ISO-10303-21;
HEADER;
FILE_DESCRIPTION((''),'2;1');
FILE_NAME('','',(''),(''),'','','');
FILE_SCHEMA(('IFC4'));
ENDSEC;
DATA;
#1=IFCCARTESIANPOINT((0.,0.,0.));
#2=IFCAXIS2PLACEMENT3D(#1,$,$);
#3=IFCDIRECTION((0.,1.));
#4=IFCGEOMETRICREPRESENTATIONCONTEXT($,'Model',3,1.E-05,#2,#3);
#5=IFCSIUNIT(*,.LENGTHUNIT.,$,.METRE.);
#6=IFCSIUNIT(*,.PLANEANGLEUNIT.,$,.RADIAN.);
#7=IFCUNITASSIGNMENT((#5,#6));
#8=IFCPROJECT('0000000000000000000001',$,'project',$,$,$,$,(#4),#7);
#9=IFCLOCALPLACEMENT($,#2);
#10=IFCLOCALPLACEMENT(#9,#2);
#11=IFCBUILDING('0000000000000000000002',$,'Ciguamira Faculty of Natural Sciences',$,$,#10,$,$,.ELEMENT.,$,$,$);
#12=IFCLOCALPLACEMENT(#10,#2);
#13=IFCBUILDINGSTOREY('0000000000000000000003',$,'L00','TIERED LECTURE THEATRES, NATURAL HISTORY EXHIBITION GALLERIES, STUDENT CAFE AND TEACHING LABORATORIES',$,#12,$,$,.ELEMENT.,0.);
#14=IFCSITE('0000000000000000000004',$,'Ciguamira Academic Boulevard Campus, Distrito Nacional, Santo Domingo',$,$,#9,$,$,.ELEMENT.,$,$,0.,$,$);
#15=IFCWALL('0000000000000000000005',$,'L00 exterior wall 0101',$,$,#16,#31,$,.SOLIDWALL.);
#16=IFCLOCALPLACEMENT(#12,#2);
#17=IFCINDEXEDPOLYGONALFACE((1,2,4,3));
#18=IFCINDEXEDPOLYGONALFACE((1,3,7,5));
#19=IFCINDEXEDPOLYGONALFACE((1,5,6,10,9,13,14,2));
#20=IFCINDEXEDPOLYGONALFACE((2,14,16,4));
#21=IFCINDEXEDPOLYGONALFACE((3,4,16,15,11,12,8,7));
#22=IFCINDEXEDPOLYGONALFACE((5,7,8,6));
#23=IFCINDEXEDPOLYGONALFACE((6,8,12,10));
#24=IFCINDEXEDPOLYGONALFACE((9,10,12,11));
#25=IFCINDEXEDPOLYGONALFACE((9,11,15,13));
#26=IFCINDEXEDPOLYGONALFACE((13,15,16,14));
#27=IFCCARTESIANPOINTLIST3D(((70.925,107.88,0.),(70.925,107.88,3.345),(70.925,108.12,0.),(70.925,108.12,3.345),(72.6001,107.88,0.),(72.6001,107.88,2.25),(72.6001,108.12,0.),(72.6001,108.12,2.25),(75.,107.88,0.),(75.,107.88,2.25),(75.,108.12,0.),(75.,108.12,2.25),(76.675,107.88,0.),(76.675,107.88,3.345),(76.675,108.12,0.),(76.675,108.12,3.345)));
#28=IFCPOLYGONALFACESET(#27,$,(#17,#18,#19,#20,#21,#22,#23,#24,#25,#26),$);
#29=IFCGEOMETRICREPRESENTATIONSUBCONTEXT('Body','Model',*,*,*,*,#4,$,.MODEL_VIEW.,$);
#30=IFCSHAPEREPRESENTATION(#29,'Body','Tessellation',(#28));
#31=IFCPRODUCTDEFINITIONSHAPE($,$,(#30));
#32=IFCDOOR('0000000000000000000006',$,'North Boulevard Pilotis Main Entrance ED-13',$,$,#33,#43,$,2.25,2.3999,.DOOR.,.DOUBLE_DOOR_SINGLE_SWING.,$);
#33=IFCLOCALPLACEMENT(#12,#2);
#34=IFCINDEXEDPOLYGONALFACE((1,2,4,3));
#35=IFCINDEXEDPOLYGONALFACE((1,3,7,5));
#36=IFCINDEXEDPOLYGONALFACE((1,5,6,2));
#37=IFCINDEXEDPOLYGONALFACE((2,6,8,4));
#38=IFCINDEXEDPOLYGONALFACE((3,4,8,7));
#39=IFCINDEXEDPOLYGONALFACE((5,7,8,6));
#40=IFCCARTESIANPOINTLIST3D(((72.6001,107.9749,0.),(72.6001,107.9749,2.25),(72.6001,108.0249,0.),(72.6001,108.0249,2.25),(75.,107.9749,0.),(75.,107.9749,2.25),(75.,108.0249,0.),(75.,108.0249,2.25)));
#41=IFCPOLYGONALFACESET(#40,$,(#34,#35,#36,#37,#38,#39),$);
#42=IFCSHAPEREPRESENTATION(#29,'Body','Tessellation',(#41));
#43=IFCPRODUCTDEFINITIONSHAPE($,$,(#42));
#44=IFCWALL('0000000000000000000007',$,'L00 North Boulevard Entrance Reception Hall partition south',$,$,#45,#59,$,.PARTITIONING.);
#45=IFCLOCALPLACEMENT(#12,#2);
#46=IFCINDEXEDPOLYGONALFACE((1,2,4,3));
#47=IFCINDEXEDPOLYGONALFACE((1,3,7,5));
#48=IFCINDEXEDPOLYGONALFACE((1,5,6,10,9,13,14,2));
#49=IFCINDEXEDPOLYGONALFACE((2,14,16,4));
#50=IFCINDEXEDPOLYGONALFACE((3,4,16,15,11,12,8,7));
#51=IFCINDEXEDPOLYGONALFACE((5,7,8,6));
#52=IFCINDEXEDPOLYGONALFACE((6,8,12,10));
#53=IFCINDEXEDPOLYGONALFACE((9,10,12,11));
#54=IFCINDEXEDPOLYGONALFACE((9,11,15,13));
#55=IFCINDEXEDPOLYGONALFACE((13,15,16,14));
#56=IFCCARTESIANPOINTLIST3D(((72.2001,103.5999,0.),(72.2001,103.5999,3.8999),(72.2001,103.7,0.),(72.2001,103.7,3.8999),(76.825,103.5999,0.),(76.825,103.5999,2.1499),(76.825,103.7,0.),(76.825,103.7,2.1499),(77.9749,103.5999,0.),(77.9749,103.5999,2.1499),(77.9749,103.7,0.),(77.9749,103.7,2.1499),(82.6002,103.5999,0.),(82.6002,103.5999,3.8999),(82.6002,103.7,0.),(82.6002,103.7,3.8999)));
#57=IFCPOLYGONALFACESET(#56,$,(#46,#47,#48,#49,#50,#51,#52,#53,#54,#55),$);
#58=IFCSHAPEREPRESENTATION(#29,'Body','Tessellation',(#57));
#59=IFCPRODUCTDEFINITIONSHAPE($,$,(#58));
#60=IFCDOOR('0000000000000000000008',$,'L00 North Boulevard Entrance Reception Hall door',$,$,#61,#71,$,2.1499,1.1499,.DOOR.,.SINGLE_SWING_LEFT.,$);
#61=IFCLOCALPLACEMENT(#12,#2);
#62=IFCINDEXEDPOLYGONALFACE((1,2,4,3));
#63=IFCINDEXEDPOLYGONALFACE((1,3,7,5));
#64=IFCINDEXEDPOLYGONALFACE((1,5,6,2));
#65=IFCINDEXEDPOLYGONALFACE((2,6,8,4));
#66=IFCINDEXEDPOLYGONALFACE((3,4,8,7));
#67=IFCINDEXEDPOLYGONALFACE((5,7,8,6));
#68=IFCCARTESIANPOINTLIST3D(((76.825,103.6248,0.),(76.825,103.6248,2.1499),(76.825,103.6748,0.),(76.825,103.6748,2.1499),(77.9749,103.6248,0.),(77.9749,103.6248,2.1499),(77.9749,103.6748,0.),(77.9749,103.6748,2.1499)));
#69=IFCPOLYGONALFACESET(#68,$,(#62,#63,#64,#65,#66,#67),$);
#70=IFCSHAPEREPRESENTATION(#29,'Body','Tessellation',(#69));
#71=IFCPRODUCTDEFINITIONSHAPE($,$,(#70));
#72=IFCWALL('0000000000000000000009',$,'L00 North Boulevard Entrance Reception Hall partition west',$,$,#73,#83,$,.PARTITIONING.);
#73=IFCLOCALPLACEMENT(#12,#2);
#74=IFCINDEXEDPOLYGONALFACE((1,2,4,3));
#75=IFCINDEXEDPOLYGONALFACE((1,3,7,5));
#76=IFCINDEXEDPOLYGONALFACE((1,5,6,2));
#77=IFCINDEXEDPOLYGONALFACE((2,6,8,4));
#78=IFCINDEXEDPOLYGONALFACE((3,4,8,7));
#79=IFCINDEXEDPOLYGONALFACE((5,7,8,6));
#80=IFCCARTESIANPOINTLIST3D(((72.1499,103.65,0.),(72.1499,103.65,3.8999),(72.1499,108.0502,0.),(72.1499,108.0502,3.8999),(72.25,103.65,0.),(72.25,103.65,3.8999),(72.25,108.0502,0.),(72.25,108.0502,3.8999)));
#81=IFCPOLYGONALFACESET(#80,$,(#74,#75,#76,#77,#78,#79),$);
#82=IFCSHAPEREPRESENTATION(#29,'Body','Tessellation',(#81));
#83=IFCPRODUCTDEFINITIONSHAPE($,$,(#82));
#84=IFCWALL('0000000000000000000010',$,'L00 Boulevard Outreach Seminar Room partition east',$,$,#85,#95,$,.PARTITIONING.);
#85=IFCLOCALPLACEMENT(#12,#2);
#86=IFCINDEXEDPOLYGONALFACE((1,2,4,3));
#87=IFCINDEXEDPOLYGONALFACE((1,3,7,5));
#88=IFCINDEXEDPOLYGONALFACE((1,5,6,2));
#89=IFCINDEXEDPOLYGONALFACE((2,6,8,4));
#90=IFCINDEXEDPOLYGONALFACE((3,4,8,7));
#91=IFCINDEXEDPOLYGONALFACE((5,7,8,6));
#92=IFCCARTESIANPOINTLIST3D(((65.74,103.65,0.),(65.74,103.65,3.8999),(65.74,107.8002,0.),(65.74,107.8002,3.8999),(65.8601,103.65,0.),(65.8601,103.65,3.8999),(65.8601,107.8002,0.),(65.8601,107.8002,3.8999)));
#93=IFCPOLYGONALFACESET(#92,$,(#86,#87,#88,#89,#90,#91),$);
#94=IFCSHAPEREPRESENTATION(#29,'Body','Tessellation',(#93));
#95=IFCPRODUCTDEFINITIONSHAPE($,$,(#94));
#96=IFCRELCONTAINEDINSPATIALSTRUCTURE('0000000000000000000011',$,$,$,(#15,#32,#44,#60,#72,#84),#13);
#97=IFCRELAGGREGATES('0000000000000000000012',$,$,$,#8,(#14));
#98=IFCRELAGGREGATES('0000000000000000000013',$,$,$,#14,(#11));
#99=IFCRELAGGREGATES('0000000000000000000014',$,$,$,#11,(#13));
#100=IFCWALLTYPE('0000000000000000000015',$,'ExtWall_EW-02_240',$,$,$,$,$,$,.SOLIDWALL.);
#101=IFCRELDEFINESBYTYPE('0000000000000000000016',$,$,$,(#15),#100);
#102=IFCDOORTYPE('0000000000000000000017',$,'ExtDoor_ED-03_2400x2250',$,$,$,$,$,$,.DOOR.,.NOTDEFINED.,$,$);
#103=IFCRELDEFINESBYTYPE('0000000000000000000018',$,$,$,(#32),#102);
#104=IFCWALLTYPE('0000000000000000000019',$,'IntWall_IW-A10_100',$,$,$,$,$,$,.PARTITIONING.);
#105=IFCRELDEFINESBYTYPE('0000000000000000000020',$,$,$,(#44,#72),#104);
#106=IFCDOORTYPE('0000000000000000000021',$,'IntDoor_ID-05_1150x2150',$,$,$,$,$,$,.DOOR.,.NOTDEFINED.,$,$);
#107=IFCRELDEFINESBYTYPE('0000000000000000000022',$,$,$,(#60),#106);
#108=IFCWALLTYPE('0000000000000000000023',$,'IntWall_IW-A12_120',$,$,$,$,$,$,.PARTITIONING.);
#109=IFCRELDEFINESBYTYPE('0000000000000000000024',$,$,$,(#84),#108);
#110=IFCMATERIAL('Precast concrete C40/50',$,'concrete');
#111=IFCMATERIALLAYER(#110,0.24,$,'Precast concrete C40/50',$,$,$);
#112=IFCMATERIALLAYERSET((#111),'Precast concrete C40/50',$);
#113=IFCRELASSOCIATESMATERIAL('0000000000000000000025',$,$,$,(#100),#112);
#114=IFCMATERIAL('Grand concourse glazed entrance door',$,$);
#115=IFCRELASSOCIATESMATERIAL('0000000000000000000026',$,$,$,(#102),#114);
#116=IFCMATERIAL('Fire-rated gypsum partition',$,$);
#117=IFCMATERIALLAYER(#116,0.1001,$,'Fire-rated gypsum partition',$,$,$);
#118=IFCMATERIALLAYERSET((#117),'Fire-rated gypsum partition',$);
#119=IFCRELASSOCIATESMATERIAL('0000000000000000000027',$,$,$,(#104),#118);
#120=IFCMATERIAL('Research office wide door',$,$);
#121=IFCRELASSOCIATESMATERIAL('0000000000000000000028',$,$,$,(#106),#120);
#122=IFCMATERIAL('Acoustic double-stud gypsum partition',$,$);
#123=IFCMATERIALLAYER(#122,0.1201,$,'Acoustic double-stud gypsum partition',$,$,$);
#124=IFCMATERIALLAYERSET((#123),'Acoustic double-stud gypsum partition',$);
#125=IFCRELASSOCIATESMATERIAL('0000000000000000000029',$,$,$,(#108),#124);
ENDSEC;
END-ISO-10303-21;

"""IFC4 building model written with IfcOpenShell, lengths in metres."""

from ifc_helpers import new_model, si_unit, direction, frame, frame_2d, origin, place, context, subcontext, project, spatial, rectangle, extrude, material, layer, layer_set, type_object, element, fill, save


model = new_model("IFC4")

# Units and contexts
model_context = context("Model", 3, precision=1e-05, world=origin(), true_north=direction((0.0, 1.0)))
body_context = subcontext(model_context, "Body", "Model", "MODEL_VIEW")
ifc_project = project(units=[si_unit("LENGTHUNIT", "METRE"), si_unit("PLANEANGLEUNIT", "RADIAN")], contexts=[model_context])

# Site, building, storey
site_placement = place(None, origin())
site = spatial("IfcSite", under=ifc_project, at=site_placement, Name="Ciguamira Academic Boulevard Campus, Distrito Nacional, Santo Domingo", CompositionType="ELEMENT", RefElevation=0.0)
building_placement = place(site_placement, origin())
building = spatial("IfcBuilding", under=site, at=building_placement, Name="Ciguamira Faculty of Natural Sciences", CompositionType="ELEMENT")
storey_placement = place(building_placement, origin())
storey = spatial("IfcBuildingStorey", under=building, at=storey_placement, Name="L00", Description="TIERED LECTURE THEATRES, NATURAL HISTORY EXHIBITION GALLERIES, STUDENT CAFE AND TEACHING LABORATORIES", CompositionType="ELEMENT", Elevation=0.0)

# Walls, openings, doors
ifc_material_1 = material(Name="Precast concrete C40/50", Category="concrete")
ifc_layer_1 = layer(ifc_material_1, 0.24, Name="Precast concrete C40/50")
ifc_layer_set_1 = layer_set([ifc_layer_1], Name="Precast concrete C40/50")
wall_type_1 = type_object("IfcWallType", Name="ExtWall_EW-02_240", PredefinedType="SOLIDWALL", material=ifc_layer_set_1)
wall_1_placement = place(storey_placement, frame((70.925, 108.0, 0.0), z_axis=(0.0, 0.0, 1.0), x_axis=(1.0, 0.0, 0.0)))
wall_1 = element("IfcWall", 1, at=wall_1_placement, inside=storey, type_object=wall_type_1, Name="L00 exterior wall 0101", PredefinedType="SOLIDWALL", context=body_context, shape_type="SweptSolid", body=[
    extrude(rectangle(XDim=5.75, YDim=0.24, at=frame_2d((2.875, 0.0))), origin(), (0.0, 0.0, 1.0), 3.345),
])
opening_1_placement = place(wall_1_placement, frame((1.675, 0.0, 0.0)))
opening_1 = element("IfcOpeningElement", 2, at=opening_1_placement, cuts=wall_1, PredefinedType="OPENING", context=body_context, shape_type="SweptSolid", body=[
    extrude(rectangle(XDim=2.3999, YDim=2.25, at=frame_2d((1.2, 1.125))), frame((0.0, 0.1299, 0.0), z_axis=(0.0, -1.0, 0.0), x_axis=(1.0, 0.0, 0.0)), (0.0, 0.0, 1.0), 0.26),
])
ifc_material_2 = material(Name="Grand concourse glazed entrance door")
door_type_1 = type_object("IfcDoorType", Name="ExtDoor_ED-03_2400x2250", OperationType="NOTDEFINED", PredefinedType="DOOR", material=ifc_material_2)
door_1_placement = place(opening_1_placement, origin())
door_1 = element("IfcDoor", 3, at=door_1_placement, inside=storey, type_object=door_type_1, Name="North Boulevard Pilotis Main Entrance ED-13", OperationType="DOUBLE_DOOR_SINGLE_SWING", OverallHeight=2.25, OverallWidth=2.3999, PredefinedType="DOOR", context=body_context, shape_type="SweptSolid", body=[
    extrude(rectangle(XDim=2.3999, YDim=2.25, at=frame_2d((1.2, 1.125))), frame((0.0, 0.0249, 0.0), z_axis=(0.0, -1.0, 0.0), x_axis=(1.0, 0.0, 0.0)), (0.0, 0.0, 1.0), 0.05),
])
fill(opening_1, door_1)
ifc_material_3 = material(Name="Fire-rated gypsum partition")
ifc_layer_2 = layer(ifc_material_3, 0.1001, Name="Fire-rated gypsum partition")
ifc_layer_set_2 = layer_set([ifc_layer_2], Name="Fire-rated gypsum partition")
wall_type_2 = type_object("IfcWallType", Name="IntWall_IW-A10_100", PredefinedType="PARTITIONING", material=ifc_layer_set_2)
wall_2_placement = place(storey_placement, frame((72.2, 103.6499, 0.0), z_axis=(0.0, 0.0, 1.0), x_axis=(1.0, 0.0, 0.0)))
wall_2 = element("IfcWall", 4, at=wall_2_placement, inside=storey, type_object=wall_type_2, Name="L00 North Boulevard Entrance Reception Hall partition south", PredefinedType="PARTITIONING", context=body_context, shape_type="SweptSolid", body=[
    extrude(rectangle(XDim=10.4001, YDim=0.1001, at=frame_2d((5.2002, 0.0))), origin(), (0.0, 0.0, 1.0), 3.8999),
])
opening_2_placement = place(wall_2_placement, frame((4.625, 0.0, 0.0)))
opening_2 = element("IfcOpeningElement", 5, at=opening_2_placement, cuts=wall_2, PredefinedType="OPENING", context=body_context, shape_type="SweptSolid", body=[
    extrude(rectangle(XDim=1.1499, YDim=2.1499, at=frame_2d((0.575, 1.075))), frame((0.0, 0.0601, 0.0), z_axis=(0.0, -1.0, 0.0), x_axis=(1.0, 0.0, 0.0)), (0.0, 0.0, 1.0), 0.1201),
])
ifc_material_4 = material(Name="Research office wide door")
door_type_2 = type_object("IfcDoorType", Name="IntDoor_ID-05_1150x2150", OperationType="NOTDEFINED", PredefinedType="DOOR", material=ifc_material_4)
door_2_placement = place(opening_2_placement, origin())
door_2 = element("IfcDoor", 6, at=door_2_placement, inside=storey, type_object=door_type_2, Name="L00 North Boulevard Entrance Reception Hall door", OperationType="SINGLE_SWING_LEFT", OverallHeight=2.1499, OverallWidth=1.1499, PredefinedType="DOOR", context=body_context, shape_type="SweptSolid", body=[
    extrude(rectangle(XDim=1.1499, YDim=2.1499, at=frame_2d((0.575, 1.075))), frame((0.0, 0.0249, 0.0), z_axis=(0.0, -1.0, 0.0), x_axis=(1.0, 0.0, 0.0)), (0.0, 0.0, 1.0), 0.05),
])
fill(opening_2, door_2)

# Walls
wall_3_placement = place(storey_placement, frame((72.2, 103.6499, 0.0), z_axis=(0.0, 0.0, 1.0), x_axis=(0.0, 1.0, 0.0)))
element("IfcWall", 7, at=wall_3_placement, inside=storey, type_object=wall_type_2, Name="L00 North Boulevard Entrance Reception Hall partition west", PredefinedType="PARTITIONING", context=body_context, shape_type="SweptSolid", body=[
    extrude(rectangle(XDim=4.4001, YDim=0.1001, at=frame_2d((2.2002, 0.0))), origin(), (0.0, 0.0, 1.0), 3.8999),
])
ifc_material_5 = material(Name="Acoustic double-stud gypsum partition")
ifc_layer_3 = layer(ifc_material_5, 0.1201, Name="Acoustic double-stud gypsum partition")
ifc_layer_set_3 = layer_set([ifc_layer_3], Name="Acoustic double-stud gypsum partition")
wall_type_3 = type_object("IfcWallType", Name="IntWall_IW-A12_120", PredefinedType="PARTITIONING", material=ifc_layer_set_3)
wall_4_placement = place(storey_placement, frame((65.8, 103.6499, 0.0), z_axis=(0.0, 0.0, 1.0), x_axis=(0.0, 1.0, 0.0)))
element("IfcWall", 8, at=wall_4_placement, inside=storey, type_object=wall_type_3, Name="L00 Boulevard Outreach Seminar Room partition east", PredefinedType="PARTITIONING", context=body_context, shape_type="SweptSolid", body=[
    extrude(rectangle(XDim=4.1501, YDim=0.1201, at=frame_2d((2.0752, 0.0))), origin(), (0.0, 0.0, 1.0), 3.8999),
])

save(model, "model.ifc")
